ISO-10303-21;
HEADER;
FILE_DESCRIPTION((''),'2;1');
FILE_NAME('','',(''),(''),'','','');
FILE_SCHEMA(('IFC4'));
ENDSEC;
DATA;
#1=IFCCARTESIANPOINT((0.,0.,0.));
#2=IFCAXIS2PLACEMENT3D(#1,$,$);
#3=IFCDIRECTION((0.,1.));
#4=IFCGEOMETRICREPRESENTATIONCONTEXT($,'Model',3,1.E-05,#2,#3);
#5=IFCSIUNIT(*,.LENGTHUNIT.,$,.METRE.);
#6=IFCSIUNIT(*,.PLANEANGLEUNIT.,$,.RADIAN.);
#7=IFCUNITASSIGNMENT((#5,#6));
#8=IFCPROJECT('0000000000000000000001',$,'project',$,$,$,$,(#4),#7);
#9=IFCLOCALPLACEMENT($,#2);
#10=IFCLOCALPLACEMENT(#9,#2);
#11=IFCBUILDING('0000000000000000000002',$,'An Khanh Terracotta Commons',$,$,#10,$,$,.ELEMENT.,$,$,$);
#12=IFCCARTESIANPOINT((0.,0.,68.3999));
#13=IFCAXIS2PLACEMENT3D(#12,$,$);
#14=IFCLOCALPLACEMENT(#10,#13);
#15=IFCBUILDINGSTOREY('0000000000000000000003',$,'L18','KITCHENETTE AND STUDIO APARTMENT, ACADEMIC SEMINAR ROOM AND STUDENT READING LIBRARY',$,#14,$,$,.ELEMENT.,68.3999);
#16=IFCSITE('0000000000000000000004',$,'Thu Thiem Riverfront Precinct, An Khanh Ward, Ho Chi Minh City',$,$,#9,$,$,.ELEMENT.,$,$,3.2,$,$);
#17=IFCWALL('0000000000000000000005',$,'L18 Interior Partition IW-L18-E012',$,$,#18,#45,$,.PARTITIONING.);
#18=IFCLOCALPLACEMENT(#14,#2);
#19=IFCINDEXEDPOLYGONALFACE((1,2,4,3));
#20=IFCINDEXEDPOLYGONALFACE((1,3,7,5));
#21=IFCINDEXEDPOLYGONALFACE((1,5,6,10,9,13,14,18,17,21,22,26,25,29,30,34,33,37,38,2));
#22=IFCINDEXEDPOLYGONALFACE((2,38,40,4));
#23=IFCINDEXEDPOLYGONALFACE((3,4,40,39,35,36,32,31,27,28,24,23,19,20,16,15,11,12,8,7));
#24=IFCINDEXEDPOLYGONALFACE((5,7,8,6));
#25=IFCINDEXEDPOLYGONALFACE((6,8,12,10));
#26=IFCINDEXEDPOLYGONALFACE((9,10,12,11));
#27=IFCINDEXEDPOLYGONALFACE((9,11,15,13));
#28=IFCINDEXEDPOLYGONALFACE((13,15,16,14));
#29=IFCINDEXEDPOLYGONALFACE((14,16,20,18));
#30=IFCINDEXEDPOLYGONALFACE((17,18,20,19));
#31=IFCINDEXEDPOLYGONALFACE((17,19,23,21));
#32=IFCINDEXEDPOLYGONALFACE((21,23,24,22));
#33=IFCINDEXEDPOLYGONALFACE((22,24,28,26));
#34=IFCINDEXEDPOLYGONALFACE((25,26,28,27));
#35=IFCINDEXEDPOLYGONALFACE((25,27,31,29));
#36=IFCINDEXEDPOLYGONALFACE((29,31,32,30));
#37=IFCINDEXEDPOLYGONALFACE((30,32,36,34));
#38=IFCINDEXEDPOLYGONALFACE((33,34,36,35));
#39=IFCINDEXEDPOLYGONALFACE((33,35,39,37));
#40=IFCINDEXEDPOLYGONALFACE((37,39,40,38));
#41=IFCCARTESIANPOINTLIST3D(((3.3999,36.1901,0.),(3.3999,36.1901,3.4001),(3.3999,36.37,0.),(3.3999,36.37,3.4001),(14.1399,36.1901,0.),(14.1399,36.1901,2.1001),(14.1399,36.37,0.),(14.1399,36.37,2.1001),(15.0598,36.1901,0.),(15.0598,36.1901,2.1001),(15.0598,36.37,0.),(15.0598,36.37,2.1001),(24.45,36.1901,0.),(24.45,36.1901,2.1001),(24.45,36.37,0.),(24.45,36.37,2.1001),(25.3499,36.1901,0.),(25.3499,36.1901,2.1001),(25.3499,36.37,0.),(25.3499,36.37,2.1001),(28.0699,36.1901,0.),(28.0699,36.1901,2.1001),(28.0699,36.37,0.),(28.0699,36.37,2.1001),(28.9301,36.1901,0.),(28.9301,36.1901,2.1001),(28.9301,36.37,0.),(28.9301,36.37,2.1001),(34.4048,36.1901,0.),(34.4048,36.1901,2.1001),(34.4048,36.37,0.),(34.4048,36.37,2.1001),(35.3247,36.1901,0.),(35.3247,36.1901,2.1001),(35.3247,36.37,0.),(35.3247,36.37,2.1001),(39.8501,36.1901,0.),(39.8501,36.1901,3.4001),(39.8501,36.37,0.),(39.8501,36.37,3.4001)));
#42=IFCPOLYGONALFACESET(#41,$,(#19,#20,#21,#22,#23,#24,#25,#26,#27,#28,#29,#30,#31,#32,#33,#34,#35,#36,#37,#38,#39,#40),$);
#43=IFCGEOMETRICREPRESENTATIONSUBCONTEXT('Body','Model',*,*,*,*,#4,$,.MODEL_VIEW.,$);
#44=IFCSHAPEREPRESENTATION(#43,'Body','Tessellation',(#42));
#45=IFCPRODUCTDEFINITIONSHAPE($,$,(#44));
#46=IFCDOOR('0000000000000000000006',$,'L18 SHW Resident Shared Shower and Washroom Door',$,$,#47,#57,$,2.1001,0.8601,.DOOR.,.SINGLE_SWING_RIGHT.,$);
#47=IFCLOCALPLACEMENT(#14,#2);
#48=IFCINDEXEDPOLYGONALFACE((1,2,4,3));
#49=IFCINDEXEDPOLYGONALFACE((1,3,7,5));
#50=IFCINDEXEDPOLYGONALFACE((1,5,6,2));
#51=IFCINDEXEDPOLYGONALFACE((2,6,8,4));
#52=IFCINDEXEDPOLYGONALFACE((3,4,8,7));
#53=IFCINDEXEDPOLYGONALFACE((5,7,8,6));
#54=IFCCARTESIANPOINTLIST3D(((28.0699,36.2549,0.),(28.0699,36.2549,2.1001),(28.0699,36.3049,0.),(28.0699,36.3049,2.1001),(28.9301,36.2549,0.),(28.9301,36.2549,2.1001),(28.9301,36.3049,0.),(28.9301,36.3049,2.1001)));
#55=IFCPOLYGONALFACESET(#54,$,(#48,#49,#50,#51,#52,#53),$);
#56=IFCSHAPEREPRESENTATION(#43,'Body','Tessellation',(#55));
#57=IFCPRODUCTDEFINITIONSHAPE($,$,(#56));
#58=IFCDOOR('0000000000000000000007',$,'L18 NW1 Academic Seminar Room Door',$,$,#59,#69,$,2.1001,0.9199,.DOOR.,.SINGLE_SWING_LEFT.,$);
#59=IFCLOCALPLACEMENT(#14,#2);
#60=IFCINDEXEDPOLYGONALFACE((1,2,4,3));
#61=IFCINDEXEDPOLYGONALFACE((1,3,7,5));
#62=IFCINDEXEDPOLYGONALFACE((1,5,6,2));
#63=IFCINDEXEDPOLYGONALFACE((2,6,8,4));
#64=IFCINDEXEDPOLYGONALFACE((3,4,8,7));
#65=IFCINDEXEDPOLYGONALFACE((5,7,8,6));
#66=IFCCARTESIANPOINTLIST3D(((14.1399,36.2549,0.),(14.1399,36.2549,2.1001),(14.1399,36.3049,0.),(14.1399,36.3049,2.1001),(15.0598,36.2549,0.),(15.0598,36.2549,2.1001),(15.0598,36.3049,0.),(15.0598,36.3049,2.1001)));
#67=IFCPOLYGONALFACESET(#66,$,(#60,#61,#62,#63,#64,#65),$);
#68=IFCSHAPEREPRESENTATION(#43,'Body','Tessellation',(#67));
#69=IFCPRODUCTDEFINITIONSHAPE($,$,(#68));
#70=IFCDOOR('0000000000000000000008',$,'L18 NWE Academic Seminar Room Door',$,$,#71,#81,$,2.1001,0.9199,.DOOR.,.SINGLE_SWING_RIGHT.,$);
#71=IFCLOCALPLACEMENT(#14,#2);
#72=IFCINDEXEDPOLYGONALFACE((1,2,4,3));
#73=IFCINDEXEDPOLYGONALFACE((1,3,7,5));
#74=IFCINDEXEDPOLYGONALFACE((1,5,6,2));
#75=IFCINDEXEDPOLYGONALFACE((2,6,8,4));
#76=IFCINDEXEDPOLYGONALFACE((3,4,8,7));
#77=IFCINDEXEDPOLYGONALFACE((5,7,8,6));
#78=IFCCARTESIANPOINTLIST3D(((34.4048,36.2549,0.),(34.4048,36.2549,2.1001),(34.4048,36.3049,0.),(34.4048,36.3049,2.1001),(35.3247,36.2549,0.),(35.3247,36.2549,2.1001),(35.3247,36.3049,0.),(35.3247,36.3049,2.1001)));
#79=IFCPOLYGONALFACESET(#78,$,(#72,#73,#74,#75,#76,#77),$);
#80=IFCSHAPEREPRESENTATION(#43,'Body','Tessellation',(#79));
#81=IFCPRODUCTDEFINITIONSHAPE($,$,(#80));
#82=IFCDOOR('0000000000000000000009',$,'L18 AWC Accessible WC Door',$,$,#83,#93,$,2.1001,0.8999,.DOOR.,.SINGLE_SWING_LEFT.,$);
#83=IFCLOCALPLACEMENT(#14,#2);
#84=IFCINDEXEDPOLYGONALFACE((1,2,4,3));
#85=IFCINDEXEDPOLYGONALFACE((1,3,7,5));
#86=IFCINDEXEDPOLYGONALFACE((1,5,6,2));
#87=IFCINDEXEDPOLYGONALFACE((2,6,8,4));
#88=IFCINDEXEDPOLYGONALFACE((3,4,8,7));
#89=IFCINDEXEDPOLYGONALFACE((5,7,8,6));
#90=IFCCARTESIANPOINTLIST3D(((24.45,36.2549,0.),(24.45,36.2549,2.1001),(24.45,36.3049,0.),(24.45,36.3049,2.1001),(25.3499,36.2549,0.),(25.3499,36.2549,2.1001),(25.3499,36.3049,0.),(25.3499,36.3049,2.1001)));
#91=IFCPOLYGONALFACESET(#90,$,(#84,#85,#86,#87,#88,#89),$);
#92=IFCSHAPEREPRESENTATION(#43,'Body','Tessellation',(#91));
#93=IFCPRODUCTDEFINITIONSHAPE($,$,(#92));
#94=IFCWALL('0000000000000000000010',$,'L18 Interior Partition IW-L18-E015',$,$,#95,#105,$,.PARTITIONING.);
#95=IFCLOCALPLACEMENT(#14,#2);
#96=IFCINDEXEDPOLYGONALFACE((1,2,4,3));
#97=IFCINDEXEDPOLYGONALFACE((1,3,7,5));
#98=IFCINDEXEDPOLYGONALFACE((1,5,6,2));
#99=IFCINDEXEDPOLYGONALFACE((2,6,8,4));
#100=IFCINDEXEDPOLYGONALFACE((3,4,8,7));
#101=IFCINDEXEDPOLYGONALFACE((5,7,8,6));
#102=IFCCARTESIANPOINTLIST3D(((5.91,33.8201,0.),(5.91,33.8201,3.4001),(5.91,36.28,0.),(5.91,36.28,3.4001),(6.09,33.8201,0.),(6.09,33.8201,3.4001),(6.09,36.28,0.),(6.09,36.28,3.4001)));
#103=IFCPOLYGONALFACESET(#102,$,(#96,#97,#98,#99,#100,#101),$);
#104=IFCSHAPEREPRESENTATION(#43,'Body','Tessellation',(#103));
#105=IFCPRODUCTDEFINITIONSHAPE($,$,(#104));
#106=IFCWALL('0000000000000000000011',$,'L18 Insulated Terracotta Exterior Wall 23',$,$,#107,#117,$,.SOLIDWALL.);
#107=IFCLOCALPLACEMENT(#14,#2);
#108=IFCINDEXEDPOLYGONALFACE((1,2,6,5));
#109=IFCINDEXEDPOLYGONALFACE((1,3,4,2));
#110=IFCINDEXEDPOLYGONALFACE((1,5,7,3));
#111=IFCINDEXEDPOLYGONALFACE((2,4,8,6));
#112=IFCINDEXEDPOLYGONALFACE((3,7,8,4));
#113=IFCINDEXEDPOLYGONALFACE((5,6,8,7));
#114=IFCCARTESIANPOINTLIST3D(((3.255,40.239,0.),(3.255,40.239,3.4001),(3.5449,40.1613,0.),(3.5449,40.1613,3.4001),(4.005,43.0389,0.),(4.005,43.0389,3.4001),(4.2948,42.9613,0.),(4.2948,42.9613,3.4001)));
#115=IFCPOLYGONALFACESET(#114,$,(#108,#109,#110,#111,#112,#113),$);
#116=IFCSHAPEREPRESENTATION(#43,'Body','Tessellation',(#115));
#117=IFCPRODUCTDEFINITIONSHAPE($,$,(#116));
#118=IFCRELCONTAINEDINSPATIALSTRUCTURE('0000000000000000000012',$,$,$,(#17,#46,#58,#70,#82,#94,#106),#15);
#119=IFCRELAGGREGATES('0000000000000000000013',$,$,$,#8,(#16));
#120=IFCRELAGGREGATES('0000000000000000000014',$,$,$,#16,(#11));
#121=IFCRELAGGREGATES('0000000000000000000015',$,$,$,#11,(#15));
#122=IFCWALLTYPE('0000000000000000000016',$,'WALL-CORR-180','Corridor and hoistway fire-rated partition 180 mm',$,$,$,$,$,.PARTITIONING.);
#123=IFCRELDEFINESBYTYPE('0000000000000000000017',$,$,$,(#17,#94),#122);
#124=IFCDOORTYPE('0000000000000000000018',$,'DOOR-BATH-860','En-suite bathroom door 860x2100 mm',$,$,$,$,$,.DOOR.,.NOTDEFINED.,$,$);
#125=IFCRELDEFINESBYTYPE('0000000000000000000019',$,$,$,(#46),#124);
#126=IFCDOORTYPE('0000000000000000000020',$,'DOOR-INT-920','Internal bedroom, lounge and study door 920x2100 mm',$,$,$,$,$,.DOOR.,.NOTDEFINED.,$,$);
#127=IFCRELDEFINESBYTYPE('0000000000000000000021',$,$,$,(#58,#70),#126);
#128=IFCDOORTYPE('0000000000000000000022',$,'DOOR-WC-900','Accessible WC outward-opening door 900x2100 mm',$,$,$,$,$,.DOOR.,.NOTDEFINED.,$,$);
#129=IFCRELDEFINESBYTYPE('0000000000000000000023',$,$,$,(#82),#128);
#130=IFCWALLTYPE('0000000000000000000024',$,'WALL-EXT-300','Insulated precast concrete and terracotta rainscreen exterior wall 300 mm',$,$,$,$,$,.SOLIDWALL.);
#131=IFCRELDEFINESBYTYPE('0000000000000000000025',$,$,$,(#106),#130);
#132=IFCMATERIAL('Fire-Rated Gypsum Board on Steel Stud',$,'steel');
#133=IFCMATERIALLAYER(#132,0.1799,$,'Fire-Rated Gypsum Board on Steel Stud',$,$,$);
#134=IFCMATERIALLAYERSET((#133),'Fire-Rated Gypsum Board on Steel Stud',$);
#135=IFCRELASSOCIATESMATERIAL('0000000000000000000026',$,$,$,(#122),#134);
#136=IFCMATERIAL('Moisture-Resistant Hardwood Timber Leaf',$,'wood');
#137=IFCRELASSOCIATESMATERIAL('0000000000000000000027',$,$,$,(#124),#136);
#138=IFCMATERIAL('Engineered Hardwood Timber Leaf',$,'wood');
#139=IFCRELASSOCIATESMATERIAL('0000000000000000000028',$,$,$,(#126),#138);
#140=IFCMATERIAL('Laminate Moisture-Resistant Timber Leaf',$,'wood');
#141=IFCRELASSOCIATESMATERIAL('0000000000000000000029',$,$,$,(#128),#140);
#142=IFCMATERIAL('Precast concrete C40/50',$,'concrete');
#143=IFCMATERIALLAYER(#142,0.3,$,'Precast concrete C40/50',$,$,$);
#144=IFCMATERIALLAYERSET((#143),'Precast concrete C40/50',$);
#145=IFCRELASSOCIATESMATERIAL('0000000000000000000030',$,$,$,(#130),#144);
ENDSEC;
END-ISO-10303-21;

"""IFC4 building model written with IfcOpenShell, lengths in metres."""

from ifc_helpers import new_model, si_unit, direction, frame, frame_2d, origin, place, context, subcontext, project, spatial, rectangle, extrude, material, layer, layer_set, type_object, element, fill, save


model = new_model("IFC4")

# Units and contexts
model_context = context("Model", 3, precision=1e-05, world=origin(), true_north=direction((0.0, 1.0)))
body_context = subcontext(model_context, "Body", "Model", "MODEL_VIEW")
ifc_project = project(units=[si_unit("LENGTHUNIT", "METRE"), si_unit("PLANEANGLEUNIT", "RADIAN")], contexts=[model_context])

# Site, building, storey
site_placement = place(None, origin())
site = spatial("IfcSite", under=ifc_project, at=site_placement, Name="Thu Thiem Riverfront Precinct, An Khanh Ward, Ho Chi Minh City", CompositionType="ELEMENT", RefElevation=3.2)
building_placement = place(site_placement, origin())
building = spatial("IfcBuilding", under=site, at=building_placement, Name="An Khanh Terracotta Commons", CompositionType="ELEMENT")
storey_placement = place(building_placement, frame((0.0, 0.0, 68.3999)))
storey = spatial("IfcBuildingStorey", under=building, at=storey_placement, Name="L18", Description="KITCHENETTE AND STUDIO APARTMENT, ACADEMIC SEMINAR ROOM AND STUDENT READING LIBRARY", CompositionType="ELEMENT", Elevation=68.3999)

# Shared definitions
ifc_material_1 = material(Name="Fire-Rated Gypsum Board on Steel Stud", Category="steel")
ifc_layer_1 = layer(ifc_material_1, 0.1799, Name="Fire-Rated Gypsum Board on Steel Stud")
ifc_layer_set_1 = layer_set([ifc_layer_1], Name="Fire-Rated Gypsum Board on Steel Stud")
wall_type_1 = type_object("IfcWallType", Name="WALL-CORR-180", Description="Corridor and hoistway fire-rated partition 180 mm", PredefinedType="PARTITIONING", material=ifc_layer_set_1)

# Wall, openings, doors
wall_1_placement = place(storey_placement, frame((3.3999, 36.28, 0.0), z_axis=(0.0, 0.0, 1.0), x_axis=(1.0, 0.0, 0.0)))
wall_1 = element("IfcWall", 1, at=wall_1_placement, inside=storey, type_object=wall_type_1, Name="L18 Interior Partition IW-L18-E012", PredefinedType="PARTITIONING", context=body_context, shape_type="SweptSolid", body=[
    extrude(rectangle(XDim=36.4502, YDim=0.1799, at=frame_2d((18.2251, 0.0))), origin(), (0.0, 0.0, 1.0), 3.4001),
])
opening_1_placement = place(wall_1_placement, frame((21.05, 0.0, 0.0)))
opening_1 = element("IfcOpeningElement", 2, at=opening_1_placement, cuts=wall_1, PredefinedType="OPENING", context=body_context, shape_type="SweptSolid", body=[
    extrude(rectangle(XDim=0.8999, YDim=2.1001, at=frame_2d((0.45, 1.05))), frame((0.0, 0.0999, 0.0), z_axis=(0.0, -1.0, 0.0), x_axis=(1.0, 0.0, 0.0)), (0.0, 0.0, 1.0), 0.2),
])
opening_2_placement = place(wall_1_placement, frame((24.6699, 0.0, 0.0)))
opening_2 = element("IfcOpeningElement", 3, at=opening_2_placement, cuts=wall_1, PredefinedType="OPENING", context=body_context, shape_type="SweptSolid", body=[
    extrude(rectangle(XDim=0.8601, YDim=2.1001, at=frame_2d((0.4302, 1.05))), frame((0.0, 0.0999, 0.0), z_axis=(0.0, -1.0, 0.0), x_axis=(1.0, 0.0, 0.0)), (0.0, 0.0, 1.0), 0.2),
])
opening_3_placement = place(wall_1_placement, frame((10.74, 0.0, 0.0)))
opening_3 = element("IfcOpeningElement", 4, at=opening_3_placement, cuts=wall_1, PredefinedType="OPENING", context=body_context, shape_type="SweptSolid", body=[
    extrude(rectangle(XDim=0.9199, YDim=2.1001, at=frame_2d((0.46, 1.05))), frame((0.0, 0.0999, 0.0), z_axis=(0.0, -1.0, 0.0), x_axis=(1.0, 0.0, 0.0)), (0.0, 0.0, 1.0), 0.2),
])
opening_4_placement = place(wall_1_placement, frame((31.0049, 0.0, 0.0)))
opening_4 = element("IfcOpeningElement", 5, at=opening_4_placement, cuts=wall_1, PredefinedType="OPENING", context=body_context, shape_type="SweptSolid", body=[
    extrude(rectangle(XDim=0.9199, YDim=2.1001, at=frame_2d((0.46, 1.05))), frame((0.0, 0.0999, 0.0), z_axis=(0.0, -1.0, 0.0), x_axis=(1.0, 0.0, 0.0)), (0.0, 0.0, 1.0), 0.2),
])
ifc_material_2 = material(Name="Moisture-Resistant Hardwood Timber Leaf", Category="wood")
door_type_1 = type_object("IfcDoorType", Name="DOOR-BATH-860", Description="En-suite bathroom door 860x2100 mm", OperationType="NOTDEFINED", PredefinedType="DOOR", material=ifc_material_2)
door_1_placement = place(opening_2_placement, origin())
door_1 = element("IfcDoor", 6, at=door_1_placement, inside=storey, type_object=door_type_1, Name="L18 SHW Resident Shared Shower and Washroom Door", OperationType="SINGLE_SWING_RIGHT", OverallHeight=2.1001, OverallWidth=0.8601, PredefinedType="DOOR", context=body_context, shape_type="SweptSolid", body=[
    extrude(rectangle(XDim=0.8601, YDim=2.1001, at=frame_2d((0.4302, 1.05))), frame((0.0, 0.0249, 0.0), z_axis=(0.0, -1.0, 0.0), x_axis=(1.0, 0.0, 0.0)), (0.0, 0.0, 1.0), 0.05),
])
fill(opening_2, door_1)
ifc_material_3 = material(Name="Engineered Hardwood Timber Leaf", Category="wood")
door_type_2 = type_object("IfcDoorType", Name="DOOR-INT-920", Description="Internal bedroom, lounge and study door 920x2100 mm", OperationType="NOTDEFINED", PredefinedType="DOOR", material=ifc_material_3)
door_2_placement = place(opening_3_placement, origin())
door_2 = element("IfcDoor", 7, at=door_2_placement, inside=storey, type_object=door_type_2, Name="L18 NW1 Academic Seminar Room Door", OperationType="SINGLE_SWING_LEFT", OverallHeight=2.1001, OverallWidth=0.9199, PredefinedType="DOOR", context=body_context, shape_type="SweptSolid", body=[
    extrude(rectangle(XDim=0.9199, YDim=2.1001, at=frame_2d((0.46, 1.05))), frame((0.0, 0.0249, 0.0), z_axis=(0.0, -1.0, 0.0), x_axis=(1.0, 0.0, 0.0)), (0.0, 0.0, 1.0), 0.05),
])
fill(opening_3, door_2)
door_3_placement = place(opening_4_placement, origin())
door_3 = element("IfcDoor", 8, at=door_3_placement, inside=storey, type_object=door_type_2, Name="L18 NWE Academic Seminar Room Door", OperationType="SINGLE_SWING_RIGHT", OverallHeight=2.1001, OverallWidth=0.9199, PredefinedType="DOOR", context=body_context, shape_type="SweptSolid", body=[
    extrude(rectangle(XDim=0.9199, YDim=2.1001, at=frame_2d((0.46, 1.05))), frame((0.0, 0.0249, 0.0), z_axis=(0.0, -1.0, 0.0), x_axis=(1.0, 0.0, 0.0)), (0.0, 0.0, 1.0), 0.05),
])
fill(opening_4, door_3)
ifc_material_4 = material(Name="Laminate Moisture-Resistant Timber Leaf", Category="wood")
door_type_3 = type_object("IfcDoorType", Name="DOOR-WC-900", Description="Accessible WC outward-opening door 900x2100 mm", OperationType="NOTDEFINED", PredefinedType="DOOR", material=ifc_material_4)
door_4_placement = place(opening_1_placement, origin())
door_4 = element("IfcDoor", 9, at=door_4_placement, inside=storey, type_object=door_type_3, Name="L18 AWC Accessible WC Door", OperationType="SINGLE_SWING_LEFT", OverallHeight=2.1001, OverallWidth=0.8999, PredefinedType="DOOR", context=body_context, shape_type="SweptSolid", body=[
    extrude(rectangle(XDim=0.8999, YDim=2.1001, at=frame_2d((0.45, 1.05))), frame((0.0, 0.0249, 0.0), z_axis=(0.0, -1.0, 0.0), x_axis=(1.0, 0.0, 0.0)), (0.0, 0.0, 1.0), 0.05),
])
fill(opening_1, door_4)

# Walls
wall_2_placement = place(storey_placement, frame((6.0, 33.8201, 0.0), z_axis=(0.0, 0.0, 1.0), x_axis=(0.0, 1.0, 0.0)))
element("IfcWall", 10, at=wall_2_placement, inside=storey, type_object=wall_type_1, Name="L18 Interior Partition IW-L18-E015", PredefinedType="PARTITIONING", context=body_context, shape_type="SweptSolid", body=[
    extrude(rectangle(XDim=2.46, YDim=0.1799, at=frame_2d((1.23, 0.0))), origin(), (0.0, 0.0, 1.0), 3.4001),
])
ifc_material_5 = material(Name="Precast concrete C40/50", Category="concrete")
ifc_layer_2 = layer(ifc_material_5, 0.3, Name="Precast concrete C40/50")
ifc_layer_set_2 = layer_set([ifc_layer_2], Name="Precast concrete C40/50")
wall_type_2 = type_object("IfcWallType", Name="WALL-EXT-300", Description="Insulated precast concrete and terracotta rainscreen exterior wall 300 mm", PredefinedType="SOLIDWALL", material=ifc_layer_set_2)
wall_3_placement = place(storey_placement, frame((4.1499, 43.0, 0.0), z_axis=(0.0, 0.0, 1.0), x_axis=(-0.258732, -0.965949, 0.0)))
element("IfcWall", 11, at=wall_3_placement, inside=storey, type_object=wall_type_2, Name="L18 Insulated Terracotta Exterior Wall 23", PredefinedType="SOLIDWALL", context=body_context, shape_type="SweptSolid", body=[
    extrude(rectangle(XDim=2.8987, YDim=0.3, at=frame_2d((1.4492, 0.0))), origin(), (0.0, 0.0, 1.0), 3.4001),
])

save(model, "model.ifc")
